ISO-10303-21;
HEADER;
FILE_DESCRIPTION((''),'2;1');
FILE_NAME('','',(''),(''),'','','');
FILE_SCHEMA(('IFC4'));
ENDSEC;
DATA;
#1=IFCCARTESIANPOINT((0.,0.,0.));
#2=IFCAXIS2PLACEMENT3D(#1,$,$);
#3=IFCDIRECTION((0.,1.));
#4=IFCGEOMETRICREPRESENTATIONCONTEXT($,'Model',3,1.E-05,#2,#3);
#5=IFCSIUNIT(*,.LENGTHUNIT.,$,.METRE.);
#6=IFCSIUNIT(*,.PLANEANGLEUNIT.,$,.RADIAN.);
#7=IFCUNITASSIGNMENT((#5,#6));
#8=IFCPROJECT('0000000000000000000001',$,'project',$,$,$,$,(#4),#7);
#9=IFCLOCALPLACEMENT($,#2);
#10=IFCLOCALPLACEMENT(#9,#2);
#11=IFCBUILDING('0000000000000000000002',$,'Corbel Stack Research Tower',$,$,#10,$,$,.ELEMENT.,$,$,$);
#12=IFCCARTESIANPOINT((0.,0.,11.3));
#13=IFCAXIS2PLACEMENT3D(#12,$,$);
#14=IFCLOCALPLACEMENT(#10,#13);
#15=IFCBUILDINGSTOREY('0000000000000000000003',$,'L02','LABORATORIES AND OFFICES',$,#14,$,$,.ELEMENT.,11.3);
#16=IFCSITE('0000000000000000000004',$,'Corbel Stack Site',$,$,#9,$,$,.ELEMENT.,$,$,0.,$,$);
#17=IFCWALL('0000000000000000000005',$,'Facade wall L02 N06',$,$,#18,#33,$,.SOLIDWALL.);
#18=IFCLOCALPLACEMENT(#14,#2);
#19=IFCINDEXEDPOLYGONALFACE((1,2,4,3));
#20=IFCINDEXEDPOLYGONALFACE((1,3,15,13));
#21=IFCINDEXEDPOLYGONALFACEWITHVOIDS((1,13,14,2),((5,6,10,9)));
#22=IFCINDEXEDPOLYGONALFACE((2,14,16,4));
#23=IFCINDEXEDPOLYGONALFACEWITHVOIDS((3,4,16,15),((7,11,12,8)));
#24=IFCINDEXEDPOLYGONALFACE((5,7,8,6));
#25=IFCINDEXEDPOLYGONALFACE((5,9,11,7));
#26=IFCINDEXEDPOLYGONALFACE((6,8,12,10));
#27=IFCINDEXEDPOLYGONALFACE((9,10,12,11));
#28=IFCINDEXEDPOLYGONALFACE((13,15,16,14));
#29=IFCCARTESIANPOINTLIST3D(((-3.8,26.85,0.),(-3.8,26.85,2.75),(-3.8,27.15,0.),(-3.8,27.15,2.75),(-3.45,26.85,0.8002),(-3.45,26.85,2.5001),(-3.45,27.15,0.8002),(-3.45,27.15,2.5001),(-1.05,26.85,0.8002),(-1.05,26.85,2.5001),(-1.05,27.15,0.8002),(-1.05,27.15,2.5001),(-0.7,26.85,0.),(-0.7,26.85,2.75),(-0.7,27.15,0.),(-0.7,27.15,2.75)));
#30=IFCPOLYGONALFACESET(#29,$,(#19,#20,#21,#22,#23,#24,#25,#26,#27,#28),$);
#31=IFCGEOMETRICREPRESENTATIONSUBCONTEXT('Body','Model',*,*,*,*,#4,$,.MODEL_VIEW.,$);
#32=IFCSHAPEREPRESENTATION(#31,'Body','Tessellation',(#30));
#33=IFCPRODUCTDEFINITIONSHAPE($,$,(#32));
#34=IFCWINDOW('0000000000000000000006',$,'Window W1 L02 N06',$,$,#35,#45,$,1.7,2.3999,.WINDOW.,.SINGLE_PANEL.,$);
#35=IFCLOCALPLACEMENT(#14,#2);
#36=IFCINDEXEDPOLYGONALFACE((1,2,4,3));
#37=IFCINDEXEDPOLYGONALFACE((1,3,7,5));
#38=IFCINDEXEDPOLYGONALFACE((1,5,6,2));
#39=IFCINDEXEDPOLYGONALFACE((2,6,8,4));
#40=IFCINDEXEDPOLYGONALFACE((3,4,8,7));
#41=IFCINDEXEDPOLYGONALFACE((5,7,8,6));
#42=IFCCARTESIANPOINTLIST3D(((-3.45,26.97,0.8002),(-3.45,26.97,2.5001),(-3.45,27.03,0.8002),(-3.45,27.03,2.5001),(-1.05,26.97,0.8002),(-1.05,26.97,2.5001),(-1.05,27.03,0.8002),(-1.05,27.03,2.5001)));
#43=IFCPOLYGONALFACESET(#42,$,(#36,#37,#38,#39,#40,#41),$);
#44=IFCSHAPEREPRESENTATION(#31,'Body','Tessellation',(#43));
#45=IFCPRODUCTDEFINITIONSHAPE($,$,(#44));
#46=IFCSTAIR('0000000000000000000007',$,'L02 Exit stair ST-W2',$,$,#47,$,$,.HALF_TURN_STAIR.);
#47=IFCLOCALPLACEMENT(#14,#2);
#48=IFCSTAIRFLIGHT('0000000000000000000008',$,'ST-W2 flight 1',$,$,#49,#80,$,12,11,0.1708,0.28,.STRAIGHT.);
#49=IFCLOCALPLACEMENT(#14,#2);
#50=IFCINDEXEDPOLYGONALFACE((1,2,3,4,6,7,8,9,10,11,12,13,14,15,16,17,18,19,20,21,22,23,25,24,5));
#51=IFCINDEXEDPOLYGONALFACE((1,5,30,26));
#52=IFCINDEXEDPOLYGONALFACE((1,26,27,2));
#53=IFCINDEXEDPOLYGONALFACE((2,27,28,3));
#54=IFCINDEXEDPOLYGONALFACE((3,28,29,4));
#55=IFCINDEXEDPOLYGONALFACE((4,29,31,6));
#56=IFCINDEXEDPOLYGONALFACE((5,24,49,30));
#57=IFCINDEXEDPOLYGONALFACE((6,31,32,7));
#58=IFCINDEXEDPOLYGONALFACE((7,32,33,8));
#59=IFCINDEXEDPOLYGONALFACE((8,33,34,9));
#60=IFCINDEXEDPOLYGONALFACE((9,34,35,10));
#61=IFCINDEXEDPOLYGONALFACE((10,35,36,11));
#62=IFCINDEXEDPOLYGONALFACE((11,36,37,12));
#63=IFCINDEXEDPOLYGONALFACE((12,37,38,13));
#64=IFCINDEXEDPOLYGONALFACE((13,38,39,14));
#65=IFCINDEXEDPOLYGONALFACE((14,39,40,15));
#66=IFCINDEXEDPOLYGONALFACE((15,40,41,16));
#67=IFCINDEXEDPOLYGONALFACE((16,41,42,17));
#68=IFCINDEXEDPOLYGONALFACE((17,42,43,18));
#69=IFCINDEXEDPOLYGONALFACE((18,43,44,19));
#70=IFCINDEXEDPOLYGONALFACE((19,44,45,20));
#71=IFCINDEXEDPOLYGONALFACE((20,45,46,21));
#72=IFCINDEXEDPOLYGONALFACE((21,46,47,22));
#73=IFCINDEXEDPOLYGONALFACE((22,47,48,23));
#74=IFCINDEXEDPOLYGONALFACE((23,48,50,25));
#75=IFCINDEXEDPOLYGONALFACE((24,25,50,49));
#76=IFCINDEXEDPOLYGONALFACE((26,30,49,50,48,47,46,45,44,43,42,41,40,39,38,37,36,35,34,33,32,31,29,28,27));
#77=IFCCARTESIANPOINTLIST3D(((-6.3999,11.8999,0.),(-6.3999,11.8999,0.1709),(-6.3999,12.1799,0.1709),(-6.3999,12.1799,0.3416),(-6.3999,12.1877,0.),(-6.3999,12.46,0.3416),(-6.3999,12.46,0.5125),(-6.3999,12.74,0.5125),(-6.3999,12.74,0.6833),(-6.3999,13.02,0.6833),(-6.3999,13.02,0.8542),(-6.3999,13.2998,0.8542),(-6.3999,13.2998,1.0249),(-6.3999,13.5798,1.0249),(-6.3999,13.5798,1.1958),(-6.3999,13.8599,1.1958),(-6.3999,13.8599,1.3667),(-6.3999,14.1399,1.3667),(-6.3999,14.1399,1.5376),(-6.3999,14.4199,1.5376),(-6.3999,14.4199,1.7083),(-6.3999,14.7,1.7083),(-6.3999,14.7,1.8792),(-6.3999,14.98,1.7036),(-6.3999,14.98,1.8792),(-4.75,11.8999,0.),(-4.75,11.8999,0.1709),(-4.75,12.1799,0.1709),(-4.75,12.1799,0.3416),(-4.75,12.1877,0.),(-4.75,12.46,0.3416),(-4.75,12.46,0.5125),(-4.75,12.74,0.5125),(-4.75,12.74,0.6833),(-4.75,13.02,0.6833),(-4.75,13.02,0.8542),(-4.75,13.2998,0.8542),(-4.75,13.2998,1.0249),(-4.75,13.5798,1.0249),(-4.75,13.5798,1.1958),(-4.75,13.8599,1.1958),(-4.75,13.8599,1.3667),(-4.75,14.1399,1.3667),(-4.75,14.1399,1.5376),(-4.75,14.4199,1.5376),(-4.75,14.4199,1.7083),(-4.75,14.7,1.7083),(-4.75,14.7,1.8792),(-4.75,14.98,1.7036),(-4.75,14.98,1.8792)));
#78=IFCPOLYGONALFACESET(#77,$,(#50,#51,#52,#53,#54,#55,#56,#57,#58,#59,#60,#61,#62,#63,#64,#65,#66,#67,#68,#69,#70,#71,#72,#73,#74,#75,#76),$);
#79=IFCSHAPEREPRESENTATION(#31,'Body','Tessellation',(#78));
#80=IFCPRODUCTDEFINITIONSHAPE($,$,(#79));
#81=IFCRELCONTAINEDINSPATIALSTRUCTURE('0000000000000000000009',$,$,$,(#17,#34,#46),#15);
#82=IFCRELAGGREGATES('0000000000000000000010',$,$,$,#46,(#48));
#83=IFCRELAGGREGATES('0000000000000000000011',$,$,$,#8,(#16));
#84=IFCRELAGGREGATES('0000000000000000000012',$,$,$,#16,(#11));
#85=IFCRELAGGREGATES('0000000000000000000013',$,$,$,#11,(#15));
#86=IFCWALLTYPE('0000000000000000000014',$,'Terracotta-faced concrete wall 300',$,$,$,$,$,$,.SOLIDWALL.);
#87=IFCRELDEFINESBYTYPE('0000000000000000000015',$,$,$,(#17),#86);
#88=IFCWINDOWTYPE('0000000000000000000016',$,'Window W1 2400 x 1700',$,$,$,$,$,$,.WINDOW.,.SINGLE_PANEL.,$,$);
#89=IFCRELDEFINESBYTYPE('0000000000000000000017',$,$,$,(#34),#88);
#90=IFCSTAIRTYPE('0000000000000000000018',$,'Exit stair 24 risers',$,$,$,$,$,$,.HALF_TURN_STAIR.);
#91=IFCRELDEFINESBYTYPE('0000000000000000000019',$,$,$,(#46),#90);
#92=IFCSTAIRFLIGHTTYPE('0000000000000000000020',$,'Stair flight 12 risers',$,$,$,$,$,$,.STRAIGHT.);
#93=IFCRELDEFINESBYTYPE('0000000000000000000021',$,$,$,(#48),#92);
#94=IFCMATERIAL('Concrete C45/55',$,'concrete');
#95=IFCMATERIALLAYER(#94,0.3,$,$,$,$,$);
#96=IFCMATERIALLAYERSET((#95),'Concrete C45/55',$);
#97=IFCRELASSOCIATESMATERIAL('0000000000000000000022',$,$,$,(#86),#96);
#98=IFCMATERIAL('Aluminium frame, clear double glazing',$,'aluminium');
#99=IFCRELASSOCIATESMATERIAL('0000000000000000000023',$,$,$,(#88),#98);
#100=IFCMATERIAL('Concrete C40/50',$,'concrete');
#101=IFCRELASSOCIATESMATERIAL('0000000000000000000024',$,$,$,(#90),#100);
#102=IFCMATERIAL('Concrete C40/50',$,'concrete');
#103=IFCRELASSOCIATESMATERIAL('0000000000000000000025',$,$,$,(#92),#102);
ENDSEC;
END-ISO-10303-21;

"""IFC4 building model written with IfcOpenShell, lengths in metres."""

from ifc_helpers import new_model, si_unit, direction, frame, frame_2d, origin, place, context, subcontext, project, spatial, polyline, rectangle, outline, extrude, material, layer, layer_set, type_object, element, fill, aggregate, save


model = new_model("IFC4")

# Units and contexts
model_context = context("Model", 3, precision=1e-05, world=origin(), true_north=direction((0.0, 1.0)))
body_context = subcontext(model_context, "Body", "Model", "MODEL_VIEW")
ifc_project = project(units=[si_unit("LENGTHUNIT", "METRE"), si_unit("PLANEANGLEUNIT", "RADIAN")], contexts=[model_context])

# Site, building, storey
site_placement = place(None, origin())
site = spatial("IfcSite", under=ifc_project, at=site_placement, Name="Corbel Stack Site", CompositionType="ELEMENT", RefElevation=0.0)
building_placement = place(site_placement, origin())
building = spatial("IfcBuilding", under=site, at=building_placement, Name="Corbel Stack Research Tower", CompositionType="ELEMENT")
storey_placement = place(building_placement, frame((0.0, 0.0, 11.3)))
storey = spatial("IfcBuildingStorey", under=building, at=storey_placement, Name="L02", Description="LABORATORIES AND OFFICES", CompositionType="ELEMENT", Elevation=11.3)

# Wall, opening, window
ifc_material_1 = material(Name="Concrete C45/55", Category="concrete")
ifc_layer_1 = layer(ifc_material_1, 0.3)
ifc_layer_set_1 = layer_set([ifc_layer_1], Name="Concrete C45/55")
wall_type_1 = type_object("IfcWallType", Name="Terracotta-faced concrete wall 300", PredefinedType="SOLIDWALL", material=ifc_layer_set_1)
ifc_material_2 = material(Name="Aluminium frame, clear double glazing", Category="aluminium")
window_type = type_object("IfcWindowType", Name="Window W1 2400 x 1700", PartitioningType="SINGLE_PANEL", PredefinedType="WINDOW", material=ifc_material_2)
wall_1_placement = place(storey_placement, frame((-3.8, 27.0, 0.0), z_axis=(0.0, 0.0, 1.0), x_axis=(1.0, 0.0, 0.0)))
wall_1 = element("IfcWall", 1, at=wall_1_placement, inside=storey, type_object=wall_type_1, Name="Facade wall L02 N06", PredefinedType="SOLIDWALL", context=body_context, shape_type="SweptSolid", body=[
    extrude(rectangle(XDim=3.1001, YDim=0.3, at=frame_2d((1.55, 0.0))), origin(), (0.0, 0.0, 1.0), 2.75),
])
opening_1_placement = place(wall_1_placement, frame((0.3501, 0.0, 0.8)))
opening_1 = element("IfcOpeningElement", 2, at=opening_1_placement, cuts=wall_1, PredefinedType="OPENING", context=body_context, shape_type="SweptSolid", body=[
    extrude(rectangle(XDim=2.3999, YDim=1.7, at=frame_2d((1.2, 0.8501))), frame((0.0, 0.1599, 0.0), z_axis=(0.0, -1.0, 0.0), x_axis=(1.0, 0.0, 0.0)), (0.0, 0.0, 1.0), 0.3201),
])
window_1_placement = place(opening_1_placement, origin())
window_1 = element("IfcWindow", 3, at=window_1_placement, inside=storey, type_object=window_type, Name="Window W1 L02 N06", OverallHeight=1.7, OverallWidth=2.3999, PartitioningType="SINGLE_PANEL", PredefinedType="WINDOW", context=body_context, shape_type="SweptSolid", body=[
    extrude(rectangle(XDim=2.3999, YDim=1.7, at=frame_2d((1.2, 0.8501))), frame((0.0, 0.03, 0.0), z_axis=(0.0, -1.0, 0.0), x_axis=(1.0, 0.0, 0.0)), (0.0, 0.0, 1.0), 0.0601),
])
fill(opening_1, window_1)

# Stair, stair flight
ifc_material_3 = material(Name="Concrete C40/50", Category="concrete")
stair_type = type_object("IfcStairType", Name="Exit stair 24 risers", PredefinedType="HALF_TURN_STAIR", material=ifc_material_3)
stair_placement = place(storey_placement, origin())
stair = element("IfcStair", 4, at=stair_placement, inside=storey, type_object=stair_type, Name="L02 Exit stair ST-W2", PredefinedType="HALF_TURN_STAIR")
ifc_material_4 = material(Name="Concrete C40/50", Category="concrete")
stair_flight_type = type_object("IfcStairFlightType", Name="Stair flight 12 risers", PredefinedType="STRAIGHT", material=ifc_material_4)
stair_flight_placement = place(storey_placement, frame((-5.575, 11.8999, 0.0), z_axis=(0.0, 0.0, 1.0), x_axis=(0.0, 1.0, 0.0)))
stair_flight = element("IfcStairFlight", 5, at=stair_flight_placement, type_object=stair_flight_type, Name="ST-W2 flight 1", NumberOfRisers=12, NumberOfTreads=11, PredefinedType="STRAIGHT", RiserHeight=0.1708, TreadLength=0.28, context=body_context, shape_type="SweptSolid", body=[
    extrude(outline(polyline([(0.0, 0.0), (0.0, 0.1709), (0.28, 0.1709), (0.28, 0.3416), (0.5601, 0.3416), (0.5601, 0.5125), (0.8401, 0.5125), (0.8401, 0.6833), (1.1201, 0.6833), (1.1201, 0.8542), (1.3999, 0.8542), (1.3999, 1.0249), (1.6799, 1.0249), (1.6799, 1.1958), (1.96, 1.1958), (1.96, 1.3667), (2.24, 1.3667), (2.24, 1.5376), (2.52, 1.5376), (2.52, 1.7083), (2.8, 1.7083), (2.8, 1.8792), (3.0801, 1.8792), (3.0801, 2.05), (3.0801, 1.7036), (0.2878, 0.0), (0.0, 0.0)])), frame((0.0, 0.825, 0.0), z_axis=(0.0, -1.0, 0.0), x_axis=(1.0, 0.0, 0.0)), (0.0, 0.0, 1.0), 1.6499),
])
aggregate(stair, [stair_flight])

save(model, "model.ifc")
